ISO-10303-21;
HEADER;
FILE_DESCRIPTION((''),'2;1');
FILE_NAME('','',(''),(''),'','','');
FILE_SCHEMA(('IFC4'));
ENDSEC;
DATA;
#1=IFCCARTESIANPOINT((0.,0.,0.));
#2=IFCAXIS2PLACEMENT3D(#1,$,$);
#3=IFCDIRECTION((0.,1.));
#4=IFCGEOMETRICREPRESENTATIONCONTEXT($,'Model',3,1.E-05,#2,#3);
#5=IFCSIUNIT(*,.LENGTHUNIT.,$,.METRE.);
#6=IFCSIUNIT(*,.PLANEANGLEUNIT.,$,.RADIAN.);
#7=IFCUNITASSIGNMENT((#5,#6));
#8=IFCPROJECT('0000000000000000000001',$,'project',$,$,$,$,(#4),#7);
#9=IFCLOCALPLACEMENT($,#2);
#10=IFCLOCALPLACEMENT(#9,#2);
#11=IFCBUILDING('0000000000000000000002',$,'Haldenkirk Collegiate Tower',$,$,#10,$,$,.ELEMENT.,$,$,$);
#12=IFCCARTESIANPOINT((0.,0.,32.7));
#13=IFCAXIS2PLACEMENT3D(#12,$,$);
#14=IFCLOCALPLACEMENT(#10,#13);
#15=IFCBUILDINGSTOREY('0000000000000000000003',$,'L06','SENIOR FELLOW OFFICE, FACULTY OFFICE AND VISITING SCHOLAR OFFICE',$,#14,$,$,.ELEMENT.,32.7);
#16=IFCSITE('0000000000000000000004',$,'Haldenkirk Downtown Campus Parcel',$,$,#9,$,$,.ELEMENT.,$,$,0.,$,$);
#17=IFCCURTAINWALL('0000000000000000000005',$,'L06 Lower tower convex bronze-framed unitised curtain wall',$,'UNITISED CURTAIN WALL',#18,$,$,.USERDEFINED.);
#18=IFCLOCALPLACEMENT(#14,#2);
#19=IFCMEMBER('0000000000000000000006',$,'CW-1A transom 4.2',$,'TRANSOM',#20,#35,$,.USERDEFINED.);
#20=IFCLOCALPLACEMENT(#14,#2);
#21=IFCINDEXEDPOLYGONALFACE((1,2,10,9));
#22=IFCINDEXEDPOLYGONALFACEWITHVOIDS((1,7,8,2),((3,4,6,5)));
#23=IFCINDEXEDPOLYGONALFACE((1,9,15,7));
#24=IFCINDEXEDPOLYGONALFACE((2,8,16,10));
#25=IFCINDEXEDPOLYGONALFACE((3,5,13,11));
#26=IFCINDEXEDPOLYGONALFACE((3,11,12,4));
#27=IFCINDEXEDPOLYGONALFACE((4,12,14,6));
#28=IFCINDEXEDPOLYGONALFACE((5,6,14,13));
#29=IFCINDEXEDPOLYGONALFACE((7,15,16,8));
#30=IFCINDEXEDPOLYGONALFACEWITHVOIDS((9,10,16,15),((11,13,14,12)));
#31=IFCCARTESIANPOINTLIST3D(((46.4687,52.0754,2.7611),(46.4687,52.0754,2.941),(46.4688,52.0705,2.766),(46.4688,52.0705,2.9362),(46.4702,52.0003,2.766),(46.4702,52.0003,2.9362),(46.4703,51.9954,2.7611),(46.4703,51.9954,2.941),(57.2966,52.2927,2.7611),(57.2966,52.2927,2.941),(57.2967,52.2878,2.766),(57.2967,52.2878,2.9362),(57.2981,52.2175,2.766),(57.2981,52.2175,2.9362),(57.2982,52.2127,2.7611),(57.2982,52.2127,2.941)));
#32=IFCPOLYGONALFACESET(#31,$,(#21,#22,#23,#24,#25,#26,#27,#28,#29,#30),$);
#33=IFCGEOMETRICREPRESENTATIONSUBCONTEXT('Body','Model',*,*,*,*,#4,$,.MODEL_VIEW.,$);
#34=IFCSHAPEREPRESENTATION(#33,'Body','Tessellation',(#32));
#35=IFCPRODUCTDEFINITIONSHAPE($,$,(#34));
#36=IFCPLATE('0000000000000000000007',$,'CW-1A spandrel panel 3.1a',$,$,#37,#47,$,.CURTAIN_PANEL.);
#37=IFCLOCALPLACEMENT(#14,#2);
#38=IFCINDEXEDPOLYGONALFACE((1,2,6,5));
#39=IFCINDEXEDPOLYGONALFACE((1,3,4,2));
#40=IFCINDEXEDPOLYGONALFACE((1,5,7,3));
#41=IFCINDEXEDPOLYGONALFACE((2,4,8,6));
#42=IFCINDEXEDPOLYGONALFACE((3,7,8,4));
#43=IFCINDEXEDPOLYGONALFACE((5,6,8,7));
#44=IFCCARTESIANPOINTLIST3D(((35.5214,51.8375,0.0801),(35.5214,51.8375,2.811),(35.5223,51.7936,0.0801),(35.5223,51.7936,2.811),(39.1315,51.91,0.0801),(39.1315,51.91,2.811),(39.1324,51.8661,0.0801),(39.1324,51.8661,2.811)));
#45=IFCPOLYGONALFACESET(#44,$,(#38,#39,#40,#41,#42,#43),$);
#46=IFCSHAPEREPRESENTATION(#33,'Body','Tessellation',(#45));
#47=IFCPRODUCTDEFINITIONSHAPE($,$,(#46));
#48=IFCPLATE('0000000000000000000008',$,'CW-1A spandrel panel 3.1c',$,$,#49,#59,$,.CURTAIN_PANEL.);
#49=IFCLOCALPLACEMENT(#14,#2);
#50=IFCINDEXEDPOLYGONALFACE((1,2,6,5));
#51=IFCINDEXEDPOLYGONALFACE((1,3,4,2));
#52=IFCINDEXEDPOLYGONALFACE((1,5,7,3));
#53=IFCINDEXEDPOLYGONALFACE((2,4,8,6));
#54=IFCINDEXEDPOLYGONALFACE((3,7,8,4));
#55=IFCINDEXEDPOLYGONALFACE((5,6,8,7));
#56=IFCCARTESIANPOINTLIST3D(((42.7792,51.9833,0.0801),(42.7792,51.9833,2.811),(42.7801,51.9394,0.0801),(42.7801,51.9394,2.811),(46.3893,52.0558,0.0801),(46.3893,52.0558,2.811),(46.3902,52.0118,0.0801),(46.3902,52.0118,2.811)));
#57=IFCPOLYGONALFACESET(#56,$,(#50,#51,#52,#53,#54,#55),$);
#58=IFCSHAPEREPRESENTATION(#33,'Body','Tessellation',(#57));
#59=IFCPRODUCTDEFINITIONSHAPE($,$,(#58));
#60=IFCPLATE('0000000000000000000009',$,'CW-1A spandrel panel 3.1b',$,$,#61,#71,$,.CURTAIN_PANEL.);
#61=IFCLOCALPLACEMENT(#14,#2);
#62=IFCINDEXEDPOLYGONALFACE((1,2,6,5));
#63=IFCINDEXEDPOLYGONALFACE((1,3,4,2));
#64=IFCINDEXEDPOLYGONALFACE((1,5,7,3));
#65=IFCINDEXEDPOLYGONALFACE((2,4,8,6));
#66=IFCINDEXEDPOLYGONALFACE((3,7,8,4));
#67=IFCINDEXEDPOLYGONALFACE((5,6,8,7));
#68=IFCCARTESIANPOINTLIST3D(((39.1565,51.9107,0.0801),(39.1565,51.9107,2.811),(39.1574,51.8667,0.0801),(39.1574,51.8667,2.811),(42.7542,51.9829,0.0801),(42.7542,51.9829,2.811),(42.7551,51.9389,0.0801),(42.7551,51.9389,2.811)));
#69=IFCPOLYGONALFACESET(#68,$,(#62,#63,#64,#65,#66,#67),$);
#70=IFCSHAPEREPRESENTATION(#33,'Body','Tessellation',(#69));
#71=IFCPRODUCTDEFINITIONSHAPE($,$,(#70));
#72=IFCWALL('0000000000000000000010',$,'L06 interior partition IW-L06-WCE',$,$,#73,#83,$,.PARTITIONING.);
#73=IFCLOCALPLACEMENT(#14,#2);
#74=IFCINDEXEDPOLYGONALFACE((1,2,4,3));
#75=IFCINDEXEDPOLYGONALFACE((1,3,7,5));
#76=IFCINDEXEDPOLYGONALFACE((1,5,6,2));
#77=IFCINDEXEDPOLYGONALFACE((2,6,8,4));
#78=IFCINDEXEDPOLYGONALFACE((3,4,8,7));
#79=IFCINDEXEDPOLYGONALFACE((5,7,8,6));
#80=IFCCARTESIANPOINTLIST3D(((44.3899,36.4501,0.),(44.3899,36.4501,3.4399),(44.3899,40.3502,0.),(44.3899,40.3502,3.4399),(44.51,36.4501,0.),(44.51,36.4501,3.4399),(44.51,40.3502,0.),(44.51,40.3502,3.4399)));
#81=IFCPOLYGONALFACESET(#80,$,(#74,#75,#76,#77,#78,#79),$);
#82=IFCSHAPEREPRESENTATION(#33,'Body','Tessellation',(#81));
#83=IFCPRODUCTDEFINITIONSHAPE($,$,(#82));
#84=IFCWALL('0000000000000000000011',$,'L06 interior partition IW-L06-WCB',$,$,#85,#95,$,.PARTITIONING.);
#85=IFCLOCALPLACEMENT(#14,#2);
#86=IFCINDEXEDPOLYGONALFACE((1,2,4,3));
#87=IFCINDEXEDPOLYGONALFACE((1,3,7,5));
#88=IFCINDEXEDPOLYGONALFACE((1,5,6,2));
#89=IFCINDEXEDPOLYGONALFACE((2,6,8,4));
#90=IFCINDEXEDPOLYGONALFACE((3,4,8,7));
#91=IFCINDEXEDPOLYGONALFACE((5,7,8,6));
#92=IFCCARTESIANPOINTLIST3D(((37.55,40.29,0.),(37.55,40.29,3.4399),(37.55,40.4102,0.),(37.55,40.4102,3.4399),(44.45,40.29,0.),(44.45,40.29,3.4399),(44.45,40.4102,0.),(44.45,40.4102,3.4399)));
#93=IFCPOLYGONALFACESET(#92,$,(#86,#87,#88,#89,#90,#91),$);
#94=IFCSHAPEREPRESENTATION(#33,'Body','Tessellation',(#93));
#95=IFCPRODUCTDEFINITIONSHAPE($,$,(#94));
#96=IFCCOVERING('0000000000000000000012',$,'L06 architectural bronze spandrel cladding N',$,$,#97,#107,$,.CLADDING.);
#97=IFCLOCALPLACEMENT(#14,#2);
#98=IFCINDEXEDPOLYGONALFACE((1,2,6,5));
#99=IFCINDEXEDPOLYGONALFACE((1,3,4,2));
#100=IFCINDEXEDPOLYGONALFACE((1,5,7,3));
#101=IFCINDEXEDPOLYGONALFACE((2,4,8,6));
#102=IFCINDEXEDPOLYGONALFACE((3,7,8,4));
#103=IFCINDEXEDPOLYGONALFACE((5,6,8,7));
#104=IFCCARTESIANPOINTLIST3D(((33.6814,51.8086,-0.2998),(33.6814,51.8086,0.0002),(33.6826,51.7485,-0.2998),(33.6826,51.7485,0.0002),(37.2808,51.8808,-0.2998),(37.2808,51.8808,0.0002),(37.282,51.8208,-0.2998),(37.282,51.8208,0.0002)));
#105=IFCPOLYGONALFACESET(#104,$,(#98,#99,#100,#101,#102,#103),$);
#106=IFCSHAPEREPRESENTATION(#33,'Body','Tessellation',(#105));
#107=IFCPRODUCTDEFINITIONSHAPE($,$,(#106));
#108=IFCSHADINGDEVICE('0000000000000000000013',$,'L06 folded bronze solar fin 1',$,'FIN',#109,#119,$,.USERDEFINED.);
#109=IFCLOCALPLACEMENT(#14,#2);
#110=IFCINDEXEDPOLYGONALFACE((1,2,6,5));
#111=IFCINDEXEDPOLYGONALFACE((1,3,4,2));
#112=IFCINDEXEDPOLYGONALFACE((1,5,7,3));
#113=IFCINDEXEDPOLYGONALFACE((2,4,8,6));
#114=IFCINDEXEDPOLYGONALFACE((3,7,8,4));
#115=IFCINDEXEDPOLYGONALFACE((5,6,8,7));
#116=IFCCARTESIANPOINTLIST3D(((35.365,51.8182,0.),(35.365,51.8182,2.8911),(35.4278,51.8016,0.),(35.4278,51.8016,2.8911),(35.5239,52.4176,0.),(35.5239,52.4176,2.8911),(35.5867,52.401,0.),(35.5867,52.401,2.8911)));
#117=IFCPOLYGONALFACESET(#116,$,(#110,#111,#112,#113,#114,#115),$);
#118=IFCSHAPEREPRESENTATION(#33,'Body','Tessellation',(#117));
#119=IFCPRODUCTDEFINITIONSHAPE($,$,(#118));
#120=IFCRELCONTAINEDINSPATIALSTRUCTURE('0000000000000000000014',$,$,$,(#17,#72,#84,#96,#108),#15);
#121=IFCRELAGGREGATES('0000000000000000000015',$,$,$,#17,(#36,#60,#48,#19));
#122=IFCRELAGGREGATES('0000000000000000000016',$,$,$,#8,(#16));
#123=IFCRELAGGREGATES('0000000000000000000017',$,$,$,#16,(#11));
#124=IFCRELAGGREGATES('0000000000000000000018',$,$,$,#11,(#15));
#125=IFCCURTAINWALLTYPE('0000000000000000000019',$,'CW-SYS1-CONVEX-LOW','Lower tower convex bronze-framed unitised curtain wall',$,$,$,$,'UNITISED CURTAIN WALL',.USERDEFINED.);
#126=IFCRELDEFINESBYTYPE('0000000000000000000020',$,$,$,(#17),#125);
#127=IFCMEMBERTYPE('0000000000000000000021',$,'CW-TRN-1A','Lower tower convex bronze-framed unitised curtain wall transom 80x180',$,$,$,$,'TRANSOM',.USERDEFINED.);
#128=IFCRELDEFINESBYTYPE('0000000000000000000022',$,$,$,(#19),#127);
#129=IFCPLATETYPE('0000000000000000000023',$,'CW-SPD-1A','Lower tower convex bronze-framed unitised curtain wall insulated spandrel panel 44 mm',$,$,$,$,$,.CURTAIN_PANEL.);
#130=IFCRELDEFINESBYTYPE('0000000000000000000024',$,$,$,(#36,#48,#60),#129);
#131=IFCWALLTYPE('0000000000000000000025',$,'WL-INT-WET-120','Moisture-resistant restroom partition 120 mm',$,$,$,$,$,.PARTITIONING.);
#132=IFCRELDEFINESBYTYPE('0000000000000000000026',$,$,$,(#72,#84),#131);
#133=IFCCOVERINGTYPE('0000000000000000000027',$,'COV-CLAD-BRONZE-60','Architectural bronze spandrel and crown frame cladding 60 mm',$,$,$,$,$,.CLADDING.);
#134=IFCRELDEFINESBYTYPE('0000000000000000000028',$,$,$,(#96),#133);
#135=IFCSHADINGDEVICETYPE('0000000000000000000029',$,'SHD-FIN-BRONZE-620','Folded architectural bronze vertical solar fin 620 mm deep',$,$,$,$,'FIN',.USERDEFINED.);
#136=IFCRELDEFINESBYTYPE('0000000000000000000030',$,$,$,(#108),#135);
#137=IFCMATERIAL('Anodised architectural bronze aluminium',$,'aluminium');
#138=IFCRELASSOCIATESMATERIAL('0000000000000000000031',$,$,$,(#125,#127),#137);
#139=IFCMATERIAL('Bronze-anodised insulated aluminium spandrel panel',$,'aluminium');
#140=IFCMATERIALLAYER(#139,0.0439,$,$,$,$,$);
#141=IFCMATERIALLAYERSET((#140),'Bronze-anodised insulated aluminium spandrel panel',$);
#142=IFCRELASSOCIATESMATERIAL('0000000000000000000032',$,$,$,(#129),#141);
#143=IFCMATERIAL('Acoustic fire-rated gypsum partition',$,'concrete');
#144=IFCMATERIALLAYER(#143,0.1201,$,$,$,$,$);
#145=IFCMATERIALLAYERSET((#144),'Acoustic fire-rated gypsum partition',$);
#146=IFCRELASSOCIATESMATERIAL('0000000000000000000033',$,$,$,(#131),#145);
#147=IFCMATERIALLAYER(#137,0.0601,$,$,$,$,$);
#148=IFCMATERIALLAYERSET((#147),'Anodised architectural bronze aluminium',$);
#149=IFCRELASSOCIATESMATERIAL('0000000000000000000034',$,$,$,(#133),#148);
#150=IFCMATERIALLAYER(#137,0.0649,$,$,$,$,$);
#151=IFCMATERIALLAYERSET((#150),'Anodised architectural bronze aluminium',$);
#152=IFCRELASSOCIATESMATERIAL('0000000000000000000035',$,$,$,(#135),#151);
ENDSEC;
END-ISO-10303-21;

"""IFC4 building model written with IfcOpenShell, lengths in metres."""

from ifc_helpers import new_model, si_unit, direction, frame, frame_2d, origin, origin_2d, place, context, subcontext, project, spatial, rectangle, hollow_rectangle, extrude, source, transform, mapped, material, layer, layer_set, material_profile, profile_set, type_object, element, aggregate, save


model = new_model("IFC4")

# Units and contexts
model_context = context("Model", 3, precision=1e-05, world=origin(), true_north=direction((0.0, 1.0)))
body_context = subcontext(model_context, "Body", "Model", "MODEL_VIEW")
ifc_project = project(units=[si_unit("LENGTHUNIT", "METRE"), si_unit("PLANEANGLEUNIT", "RADIAN")], contexts=[model_context])

# Site, building, storey
site_placement = place(None, origin())
site = spatial("IfcSite", under=ifc_project, at=site_placement, Name="Haldenkirk Downtown Campus Parcel", CompositionType="ELEMENT", RefElevation=0.0)
building_placement = place(site_placement, origin())
building = spatial("IfcBuilding", under=site, at=building_placement, Name="Haldenkirk Collegiate Tower", CompositionType="ELEMENT")
storey_placement = place(building_placement, frame((0.0, 0.0, 32.7)))
storey = spatial("IfcBuildingStorey", under=building, at=storey_placement, Name="L06", Description="SENIOR FELLOW OFFICE, FACULTY OFFICE AND VISITING SCHOLAR OFFICE", CompositionType="ELEMENT", Elevation=32.7)

# Curtain wall, member, plates
ifc_material_1 = material(Name="Anodised architectural bronze aluminium", Category="aluminium")
curtain_wall_type = type_object("IfcCurtainWallType", Name="CW-SYS1-CONVEX-LOW", Description="Lower tower convex bronze-framed unitised curtain wall", ElementType="UNITISED CURTAIN WALL", PredefinedType="USERDEFINED", material=ifc_material_1)
curtain_wall_placement = place(storey_placement, origin())
curtain_wall = element("IfcCurtainWall", 1, at=curtain_wall_placement, inside=storey, type_object=curtain_wall_type, Name="L06 Lower tower convex bronze-framed unitised curtain wall", ObjectType="UNITISED CURTAIN WALL", PredefinedType="USERDEFINED")
ifc_material_profile_1 = material_profile(ifc_material_1, hollow_rectangle(XDim=0.0801, YDim=0.1799, WallThickness=0.0049, at=origin_2d()), Name="CW-TRN-1A")
ifc_profile_set_1 = profile_set([ifc_material_profile_1], Name="Anodised architectural bronze aluminium")
member_type_1 = type_object("IfcMemberType", Name="CW-TRN-1A", Description="Lower tower convex bronze-framed unitised curtain wall transom 80x180", ElementType="TRANSOM", PredefinedType="USERDEFINED", material=ifc_profile_set_1)
member_1_placement = place(storey_placement, frame((46.4695, 52.0354, 2.8511), z_axis=(0.999799, 0.020063, 0.0), x_axis=(-0.020063, 0.999799, 0.0)))
member_1 = element("IfcMember", 2, at=member_1_placement, type_object=member_type_1, Name="CW-1A transom 4.2", ObjectType="TRANSOM", PredefinedType="USERDEFINED", context=body_context, shape_type="SweptSolid", body=[
    extrude(hollow_rectangle(XDim=0.0801, YDim=0.1799, WallThickness=0.0049, at=origin_2d()), origin(), (0.0, 0.0, 1.0), 10.8301),
])
ifc_material_2 = material(Name="Bronze-anodised insulated aluminium spandrel panel", Category="aluminium")
ifc_layer_1 = layer(ifc_material_2, 0.0439)
ifc_layer_set_1 = layer_set([ifc_layer_1], Name="Bronze-anodised insulated aluminium spandrel panel")
plate_type = type_object("IfcPlateType", Name="CW-SPD-1A", Description="Lower tower convex bronze-framed unitised curtain wall insulated spandrel panel 44 mm", PredefinedType="CURTAIN_PANEL", material=ifc_layer_set_1)
shared_shape_1 = source(origin(), body_context, "Body", "SweptSolid", [
    extrude(rectangle(XDim=3.6108, YDim=0.0439, at=origin_2d()), origin(), (0.0, 0.0, 1.0), 2.731),
])
plate_1_placement = place(storey_placement, frame((37.3269, 51.8518, 0.0801), z_axis=(0.0, 0.0, 1.0), x_axis=(0.999799, 0.020068, 0.0)))
plate_1 = element("IfcPlate", 3, at=plate_1_placement, type_object=plate_type, Name="CW-1A spandrel panel 3.1a", PredefinedType="CURTAIN_PANEL", context=body_context, shape_type="MappedRepresentation", body=[
    mapped(shared_shape_1, transform((0.0, 0.0, 0.0), x_axis=(1.0, 0.0, 0.0), y_axis=(0.0, 1.0, 0.0), z_axis=(0.0, 0.0, 1.0), scale=1.0)),
])
plate_2_placement = place(storey_placement, frame((44.5847, 51.9976, 0.0801), z_axis=(0.0, 0.0, 1.0), x_axis=(0.999799, 0.020068, 0.0)))
plate_2 = element("IfcPlate", 4, at=plate_2_placement, type_object=plate_type, Name="CW-1A spandrel panel 3.1c", PredefinedType="CURTAIN_PANEL", context=body_context, shape_type="MappedRepresentation", body=[
    mapped(shared_shape_1, transform((0.0, 0.0, 0.0), x_axis=(1.0, 0.0, 0.0), y_axis=(0.0, 1.0, 0.0), z_axis=(0.0, 0.0, 1.0), scale=1.0)),
])
shared_shape_2 = source(origin(), body_context, "Body", "SweptSolid", [
    extrude(rectangle(XDim=3.5984, YDim=0.0439, at=origin_2d()), origin(), (0.0, 0.0, 1.0), 2.731),
])
plate_3_placement = place(storey_placement, frame((40.9558, 51.9248, 0.0801), z_axis=(0.0, 0.0, 1.0), x_axis=(0.999799, 0.020068, 0.0)))
plate_3 = element("IfcPlate", 5, at=plate_3_placement, type_object=plate_type, Name="CW-1A spandrel panel 3.1b", PredefinedType="CURTAIN_PANEL", context=body_context, shape_type="MappedRepresentation", body=[
    mapped(shared_shape_2, transform((0.0, 0.0, 0.0), x_axis=(1.0, 0.0, 0.0), y_axis=(0.0, 1.0, 0.0), z_axis=(0.0, 0.0, 1.0), scale=1.0)),
])
aggregate(curtain_wall, [plate_1, plate_3, plate_2, member_1])

# Walls
ifc_material_3 = material(Name="Acoustic fire-rated gypsum partition", Category="concrete")
ifc_layer_2 = layer(ifc_material_3, 0.1201)
ifc_layer_set_2 = layer_set([ifc_layer_2], Name="Acoustic fire-rated gypsum partition")
wall_type = type_object("IfcWallType", Name="WL-INT-WET-120", Description="Moisture-resistant restroom partition 120 mm", PredefinedType="PARTITIONING", material=ifc_layer_set_2)
wall_1_placement = place(storey_placement, frame((44.45, 36.45, 0.0), z_axis=(0.0, 0.0, 1.0), x_axis=(0.0, 1.0, 0.0)))
element("IfcWall", 6, at=wall_1_placement, inside=storey, type_object=wall_type, Name="L06 interior partition IW-L06-WCE", PredefinedType="PARTITIONING", context=body_context, shape_type="SweptSolid", body=[
    extrude(rectangle(XDim=3.9001, YDim=0.1201, at=frame_2d((1.9502, 0.0))), origin(), (0.0, 0.0, 1.0), 3.4399),
])
wall_2_placement = place(storey_placement, frame((37.55, 40.3501, 0.0), z_axis=(0.0, 0.0, 1.0), x_axis=(1.0, 0.0, 0.0)))
element("IfcWall", 7, at=wall_2_placement, inside=storey, type_object=wall_type, Name="L06 interior partition IW-L06-WCB", PredefinedType="PARTITIONING", context=body_context, shape_type="SweptSolid", body=[
    extrude(rectangle(XDim=6.8999, YDim=0.1201, at=frame_2d((3.45, 0.0))), origin(), (0.0, 0.0, 1.0), 3.4399),
])

# Covering
ifc_layer_3 = layer(ifc_material_1, 0.0601)
ifc_layer_set_3 = layer_set([ifc_layer_3], Name="Anodised architectural bronze aluminium")
covering_type = type_object("IfcCoveringType", Name="COV-CLAD-BRONZE-60", Description="Architectural bronze spandrel and crown frame cladding 60 mm", PredefinedType="CLADDING", material=ifc_layer_set_3)
shared_shape_3 = source(origin(), body_context, "Body", "SweptSolid", [
    extrude(rectangle(XDim=3.6001, YDim=0.0601, at=origin_2d()), origin(), (0.0, 0.0, 1.0), 0.3),
])
covering_placement = place(storey_placement, frame((35.4817, 51.8147, -0.2998), z_axis=(0.0, 0.0, 1.0), x_axis=(0.999799, 0.02007, 0.0)))
element("IfcCovering", 8, at=covering_placement, inside=storey, type_object=covering_type, Name="L06 architectural bronze spandrel cladding N", PredefinedType="CLADDING", context=body_context, shape_type="MappedRepresentation", body=[
    mapped(shared_shape_3, transform((0.0, 0.0, 0.0), x_axis=(1.0, 0.0, 0.0), y_axis=(0.0, 1.0, 0.0), z_axis=(0.0, 0.0, 1.0), scale=1.0)),
])

# Shading device
ifc_layer_4 = layer(ifc_material_1, 0.0649)
ifc_layer_set_4 = layer_set([ifc_layer_4], Name="Anodised architectural bronze aluminium")
shading_device_type = type_object("IfcShadingDeviceType", Name="SHD-FIN-BRONZE-620", Description="Folded architectural bronze vertical solar fin 620 mm deep", ElementType="FIN", PredefinedType="USERDEFINED", material=ifc_layer_set_4)
shared_shape_4 = source(origin(), body_context, "Body", "SweptSolid", [
    extrude(rectangle(XDim=0.6201, YDim=0.0649, at=origin_2d()), origin(), (0.0, 0.0, 1.0), 2.8911),
])
shading_device_placement = place(storey_placement, frame((35.4758, 52.1096, 0.0), z_axis=(0.0, 0.0, 1.0), x_axis=(0.256289, 0.9666, 0.0)))
element("IfcShadingDevice", 9, at=shading_device_placement, inside=storey, type_object=shading_device_type, Name="L06 folded bronze solar fin 1", ObjectType="FIN", PredefinedType="USERDEFINED", context=body_context, shape_type="MappedRepresentation", body=[
    mapped(shared_shape_4, transform((0.0, 0.0, 0.0), x_axis=(1.0, 0.0, 0.0), y_axis=(0.0, 1.0, 0.0), z_axis=(0.0, 0.0, 1.0), scale=1.0)),
])

save(model, "model.ifc")
